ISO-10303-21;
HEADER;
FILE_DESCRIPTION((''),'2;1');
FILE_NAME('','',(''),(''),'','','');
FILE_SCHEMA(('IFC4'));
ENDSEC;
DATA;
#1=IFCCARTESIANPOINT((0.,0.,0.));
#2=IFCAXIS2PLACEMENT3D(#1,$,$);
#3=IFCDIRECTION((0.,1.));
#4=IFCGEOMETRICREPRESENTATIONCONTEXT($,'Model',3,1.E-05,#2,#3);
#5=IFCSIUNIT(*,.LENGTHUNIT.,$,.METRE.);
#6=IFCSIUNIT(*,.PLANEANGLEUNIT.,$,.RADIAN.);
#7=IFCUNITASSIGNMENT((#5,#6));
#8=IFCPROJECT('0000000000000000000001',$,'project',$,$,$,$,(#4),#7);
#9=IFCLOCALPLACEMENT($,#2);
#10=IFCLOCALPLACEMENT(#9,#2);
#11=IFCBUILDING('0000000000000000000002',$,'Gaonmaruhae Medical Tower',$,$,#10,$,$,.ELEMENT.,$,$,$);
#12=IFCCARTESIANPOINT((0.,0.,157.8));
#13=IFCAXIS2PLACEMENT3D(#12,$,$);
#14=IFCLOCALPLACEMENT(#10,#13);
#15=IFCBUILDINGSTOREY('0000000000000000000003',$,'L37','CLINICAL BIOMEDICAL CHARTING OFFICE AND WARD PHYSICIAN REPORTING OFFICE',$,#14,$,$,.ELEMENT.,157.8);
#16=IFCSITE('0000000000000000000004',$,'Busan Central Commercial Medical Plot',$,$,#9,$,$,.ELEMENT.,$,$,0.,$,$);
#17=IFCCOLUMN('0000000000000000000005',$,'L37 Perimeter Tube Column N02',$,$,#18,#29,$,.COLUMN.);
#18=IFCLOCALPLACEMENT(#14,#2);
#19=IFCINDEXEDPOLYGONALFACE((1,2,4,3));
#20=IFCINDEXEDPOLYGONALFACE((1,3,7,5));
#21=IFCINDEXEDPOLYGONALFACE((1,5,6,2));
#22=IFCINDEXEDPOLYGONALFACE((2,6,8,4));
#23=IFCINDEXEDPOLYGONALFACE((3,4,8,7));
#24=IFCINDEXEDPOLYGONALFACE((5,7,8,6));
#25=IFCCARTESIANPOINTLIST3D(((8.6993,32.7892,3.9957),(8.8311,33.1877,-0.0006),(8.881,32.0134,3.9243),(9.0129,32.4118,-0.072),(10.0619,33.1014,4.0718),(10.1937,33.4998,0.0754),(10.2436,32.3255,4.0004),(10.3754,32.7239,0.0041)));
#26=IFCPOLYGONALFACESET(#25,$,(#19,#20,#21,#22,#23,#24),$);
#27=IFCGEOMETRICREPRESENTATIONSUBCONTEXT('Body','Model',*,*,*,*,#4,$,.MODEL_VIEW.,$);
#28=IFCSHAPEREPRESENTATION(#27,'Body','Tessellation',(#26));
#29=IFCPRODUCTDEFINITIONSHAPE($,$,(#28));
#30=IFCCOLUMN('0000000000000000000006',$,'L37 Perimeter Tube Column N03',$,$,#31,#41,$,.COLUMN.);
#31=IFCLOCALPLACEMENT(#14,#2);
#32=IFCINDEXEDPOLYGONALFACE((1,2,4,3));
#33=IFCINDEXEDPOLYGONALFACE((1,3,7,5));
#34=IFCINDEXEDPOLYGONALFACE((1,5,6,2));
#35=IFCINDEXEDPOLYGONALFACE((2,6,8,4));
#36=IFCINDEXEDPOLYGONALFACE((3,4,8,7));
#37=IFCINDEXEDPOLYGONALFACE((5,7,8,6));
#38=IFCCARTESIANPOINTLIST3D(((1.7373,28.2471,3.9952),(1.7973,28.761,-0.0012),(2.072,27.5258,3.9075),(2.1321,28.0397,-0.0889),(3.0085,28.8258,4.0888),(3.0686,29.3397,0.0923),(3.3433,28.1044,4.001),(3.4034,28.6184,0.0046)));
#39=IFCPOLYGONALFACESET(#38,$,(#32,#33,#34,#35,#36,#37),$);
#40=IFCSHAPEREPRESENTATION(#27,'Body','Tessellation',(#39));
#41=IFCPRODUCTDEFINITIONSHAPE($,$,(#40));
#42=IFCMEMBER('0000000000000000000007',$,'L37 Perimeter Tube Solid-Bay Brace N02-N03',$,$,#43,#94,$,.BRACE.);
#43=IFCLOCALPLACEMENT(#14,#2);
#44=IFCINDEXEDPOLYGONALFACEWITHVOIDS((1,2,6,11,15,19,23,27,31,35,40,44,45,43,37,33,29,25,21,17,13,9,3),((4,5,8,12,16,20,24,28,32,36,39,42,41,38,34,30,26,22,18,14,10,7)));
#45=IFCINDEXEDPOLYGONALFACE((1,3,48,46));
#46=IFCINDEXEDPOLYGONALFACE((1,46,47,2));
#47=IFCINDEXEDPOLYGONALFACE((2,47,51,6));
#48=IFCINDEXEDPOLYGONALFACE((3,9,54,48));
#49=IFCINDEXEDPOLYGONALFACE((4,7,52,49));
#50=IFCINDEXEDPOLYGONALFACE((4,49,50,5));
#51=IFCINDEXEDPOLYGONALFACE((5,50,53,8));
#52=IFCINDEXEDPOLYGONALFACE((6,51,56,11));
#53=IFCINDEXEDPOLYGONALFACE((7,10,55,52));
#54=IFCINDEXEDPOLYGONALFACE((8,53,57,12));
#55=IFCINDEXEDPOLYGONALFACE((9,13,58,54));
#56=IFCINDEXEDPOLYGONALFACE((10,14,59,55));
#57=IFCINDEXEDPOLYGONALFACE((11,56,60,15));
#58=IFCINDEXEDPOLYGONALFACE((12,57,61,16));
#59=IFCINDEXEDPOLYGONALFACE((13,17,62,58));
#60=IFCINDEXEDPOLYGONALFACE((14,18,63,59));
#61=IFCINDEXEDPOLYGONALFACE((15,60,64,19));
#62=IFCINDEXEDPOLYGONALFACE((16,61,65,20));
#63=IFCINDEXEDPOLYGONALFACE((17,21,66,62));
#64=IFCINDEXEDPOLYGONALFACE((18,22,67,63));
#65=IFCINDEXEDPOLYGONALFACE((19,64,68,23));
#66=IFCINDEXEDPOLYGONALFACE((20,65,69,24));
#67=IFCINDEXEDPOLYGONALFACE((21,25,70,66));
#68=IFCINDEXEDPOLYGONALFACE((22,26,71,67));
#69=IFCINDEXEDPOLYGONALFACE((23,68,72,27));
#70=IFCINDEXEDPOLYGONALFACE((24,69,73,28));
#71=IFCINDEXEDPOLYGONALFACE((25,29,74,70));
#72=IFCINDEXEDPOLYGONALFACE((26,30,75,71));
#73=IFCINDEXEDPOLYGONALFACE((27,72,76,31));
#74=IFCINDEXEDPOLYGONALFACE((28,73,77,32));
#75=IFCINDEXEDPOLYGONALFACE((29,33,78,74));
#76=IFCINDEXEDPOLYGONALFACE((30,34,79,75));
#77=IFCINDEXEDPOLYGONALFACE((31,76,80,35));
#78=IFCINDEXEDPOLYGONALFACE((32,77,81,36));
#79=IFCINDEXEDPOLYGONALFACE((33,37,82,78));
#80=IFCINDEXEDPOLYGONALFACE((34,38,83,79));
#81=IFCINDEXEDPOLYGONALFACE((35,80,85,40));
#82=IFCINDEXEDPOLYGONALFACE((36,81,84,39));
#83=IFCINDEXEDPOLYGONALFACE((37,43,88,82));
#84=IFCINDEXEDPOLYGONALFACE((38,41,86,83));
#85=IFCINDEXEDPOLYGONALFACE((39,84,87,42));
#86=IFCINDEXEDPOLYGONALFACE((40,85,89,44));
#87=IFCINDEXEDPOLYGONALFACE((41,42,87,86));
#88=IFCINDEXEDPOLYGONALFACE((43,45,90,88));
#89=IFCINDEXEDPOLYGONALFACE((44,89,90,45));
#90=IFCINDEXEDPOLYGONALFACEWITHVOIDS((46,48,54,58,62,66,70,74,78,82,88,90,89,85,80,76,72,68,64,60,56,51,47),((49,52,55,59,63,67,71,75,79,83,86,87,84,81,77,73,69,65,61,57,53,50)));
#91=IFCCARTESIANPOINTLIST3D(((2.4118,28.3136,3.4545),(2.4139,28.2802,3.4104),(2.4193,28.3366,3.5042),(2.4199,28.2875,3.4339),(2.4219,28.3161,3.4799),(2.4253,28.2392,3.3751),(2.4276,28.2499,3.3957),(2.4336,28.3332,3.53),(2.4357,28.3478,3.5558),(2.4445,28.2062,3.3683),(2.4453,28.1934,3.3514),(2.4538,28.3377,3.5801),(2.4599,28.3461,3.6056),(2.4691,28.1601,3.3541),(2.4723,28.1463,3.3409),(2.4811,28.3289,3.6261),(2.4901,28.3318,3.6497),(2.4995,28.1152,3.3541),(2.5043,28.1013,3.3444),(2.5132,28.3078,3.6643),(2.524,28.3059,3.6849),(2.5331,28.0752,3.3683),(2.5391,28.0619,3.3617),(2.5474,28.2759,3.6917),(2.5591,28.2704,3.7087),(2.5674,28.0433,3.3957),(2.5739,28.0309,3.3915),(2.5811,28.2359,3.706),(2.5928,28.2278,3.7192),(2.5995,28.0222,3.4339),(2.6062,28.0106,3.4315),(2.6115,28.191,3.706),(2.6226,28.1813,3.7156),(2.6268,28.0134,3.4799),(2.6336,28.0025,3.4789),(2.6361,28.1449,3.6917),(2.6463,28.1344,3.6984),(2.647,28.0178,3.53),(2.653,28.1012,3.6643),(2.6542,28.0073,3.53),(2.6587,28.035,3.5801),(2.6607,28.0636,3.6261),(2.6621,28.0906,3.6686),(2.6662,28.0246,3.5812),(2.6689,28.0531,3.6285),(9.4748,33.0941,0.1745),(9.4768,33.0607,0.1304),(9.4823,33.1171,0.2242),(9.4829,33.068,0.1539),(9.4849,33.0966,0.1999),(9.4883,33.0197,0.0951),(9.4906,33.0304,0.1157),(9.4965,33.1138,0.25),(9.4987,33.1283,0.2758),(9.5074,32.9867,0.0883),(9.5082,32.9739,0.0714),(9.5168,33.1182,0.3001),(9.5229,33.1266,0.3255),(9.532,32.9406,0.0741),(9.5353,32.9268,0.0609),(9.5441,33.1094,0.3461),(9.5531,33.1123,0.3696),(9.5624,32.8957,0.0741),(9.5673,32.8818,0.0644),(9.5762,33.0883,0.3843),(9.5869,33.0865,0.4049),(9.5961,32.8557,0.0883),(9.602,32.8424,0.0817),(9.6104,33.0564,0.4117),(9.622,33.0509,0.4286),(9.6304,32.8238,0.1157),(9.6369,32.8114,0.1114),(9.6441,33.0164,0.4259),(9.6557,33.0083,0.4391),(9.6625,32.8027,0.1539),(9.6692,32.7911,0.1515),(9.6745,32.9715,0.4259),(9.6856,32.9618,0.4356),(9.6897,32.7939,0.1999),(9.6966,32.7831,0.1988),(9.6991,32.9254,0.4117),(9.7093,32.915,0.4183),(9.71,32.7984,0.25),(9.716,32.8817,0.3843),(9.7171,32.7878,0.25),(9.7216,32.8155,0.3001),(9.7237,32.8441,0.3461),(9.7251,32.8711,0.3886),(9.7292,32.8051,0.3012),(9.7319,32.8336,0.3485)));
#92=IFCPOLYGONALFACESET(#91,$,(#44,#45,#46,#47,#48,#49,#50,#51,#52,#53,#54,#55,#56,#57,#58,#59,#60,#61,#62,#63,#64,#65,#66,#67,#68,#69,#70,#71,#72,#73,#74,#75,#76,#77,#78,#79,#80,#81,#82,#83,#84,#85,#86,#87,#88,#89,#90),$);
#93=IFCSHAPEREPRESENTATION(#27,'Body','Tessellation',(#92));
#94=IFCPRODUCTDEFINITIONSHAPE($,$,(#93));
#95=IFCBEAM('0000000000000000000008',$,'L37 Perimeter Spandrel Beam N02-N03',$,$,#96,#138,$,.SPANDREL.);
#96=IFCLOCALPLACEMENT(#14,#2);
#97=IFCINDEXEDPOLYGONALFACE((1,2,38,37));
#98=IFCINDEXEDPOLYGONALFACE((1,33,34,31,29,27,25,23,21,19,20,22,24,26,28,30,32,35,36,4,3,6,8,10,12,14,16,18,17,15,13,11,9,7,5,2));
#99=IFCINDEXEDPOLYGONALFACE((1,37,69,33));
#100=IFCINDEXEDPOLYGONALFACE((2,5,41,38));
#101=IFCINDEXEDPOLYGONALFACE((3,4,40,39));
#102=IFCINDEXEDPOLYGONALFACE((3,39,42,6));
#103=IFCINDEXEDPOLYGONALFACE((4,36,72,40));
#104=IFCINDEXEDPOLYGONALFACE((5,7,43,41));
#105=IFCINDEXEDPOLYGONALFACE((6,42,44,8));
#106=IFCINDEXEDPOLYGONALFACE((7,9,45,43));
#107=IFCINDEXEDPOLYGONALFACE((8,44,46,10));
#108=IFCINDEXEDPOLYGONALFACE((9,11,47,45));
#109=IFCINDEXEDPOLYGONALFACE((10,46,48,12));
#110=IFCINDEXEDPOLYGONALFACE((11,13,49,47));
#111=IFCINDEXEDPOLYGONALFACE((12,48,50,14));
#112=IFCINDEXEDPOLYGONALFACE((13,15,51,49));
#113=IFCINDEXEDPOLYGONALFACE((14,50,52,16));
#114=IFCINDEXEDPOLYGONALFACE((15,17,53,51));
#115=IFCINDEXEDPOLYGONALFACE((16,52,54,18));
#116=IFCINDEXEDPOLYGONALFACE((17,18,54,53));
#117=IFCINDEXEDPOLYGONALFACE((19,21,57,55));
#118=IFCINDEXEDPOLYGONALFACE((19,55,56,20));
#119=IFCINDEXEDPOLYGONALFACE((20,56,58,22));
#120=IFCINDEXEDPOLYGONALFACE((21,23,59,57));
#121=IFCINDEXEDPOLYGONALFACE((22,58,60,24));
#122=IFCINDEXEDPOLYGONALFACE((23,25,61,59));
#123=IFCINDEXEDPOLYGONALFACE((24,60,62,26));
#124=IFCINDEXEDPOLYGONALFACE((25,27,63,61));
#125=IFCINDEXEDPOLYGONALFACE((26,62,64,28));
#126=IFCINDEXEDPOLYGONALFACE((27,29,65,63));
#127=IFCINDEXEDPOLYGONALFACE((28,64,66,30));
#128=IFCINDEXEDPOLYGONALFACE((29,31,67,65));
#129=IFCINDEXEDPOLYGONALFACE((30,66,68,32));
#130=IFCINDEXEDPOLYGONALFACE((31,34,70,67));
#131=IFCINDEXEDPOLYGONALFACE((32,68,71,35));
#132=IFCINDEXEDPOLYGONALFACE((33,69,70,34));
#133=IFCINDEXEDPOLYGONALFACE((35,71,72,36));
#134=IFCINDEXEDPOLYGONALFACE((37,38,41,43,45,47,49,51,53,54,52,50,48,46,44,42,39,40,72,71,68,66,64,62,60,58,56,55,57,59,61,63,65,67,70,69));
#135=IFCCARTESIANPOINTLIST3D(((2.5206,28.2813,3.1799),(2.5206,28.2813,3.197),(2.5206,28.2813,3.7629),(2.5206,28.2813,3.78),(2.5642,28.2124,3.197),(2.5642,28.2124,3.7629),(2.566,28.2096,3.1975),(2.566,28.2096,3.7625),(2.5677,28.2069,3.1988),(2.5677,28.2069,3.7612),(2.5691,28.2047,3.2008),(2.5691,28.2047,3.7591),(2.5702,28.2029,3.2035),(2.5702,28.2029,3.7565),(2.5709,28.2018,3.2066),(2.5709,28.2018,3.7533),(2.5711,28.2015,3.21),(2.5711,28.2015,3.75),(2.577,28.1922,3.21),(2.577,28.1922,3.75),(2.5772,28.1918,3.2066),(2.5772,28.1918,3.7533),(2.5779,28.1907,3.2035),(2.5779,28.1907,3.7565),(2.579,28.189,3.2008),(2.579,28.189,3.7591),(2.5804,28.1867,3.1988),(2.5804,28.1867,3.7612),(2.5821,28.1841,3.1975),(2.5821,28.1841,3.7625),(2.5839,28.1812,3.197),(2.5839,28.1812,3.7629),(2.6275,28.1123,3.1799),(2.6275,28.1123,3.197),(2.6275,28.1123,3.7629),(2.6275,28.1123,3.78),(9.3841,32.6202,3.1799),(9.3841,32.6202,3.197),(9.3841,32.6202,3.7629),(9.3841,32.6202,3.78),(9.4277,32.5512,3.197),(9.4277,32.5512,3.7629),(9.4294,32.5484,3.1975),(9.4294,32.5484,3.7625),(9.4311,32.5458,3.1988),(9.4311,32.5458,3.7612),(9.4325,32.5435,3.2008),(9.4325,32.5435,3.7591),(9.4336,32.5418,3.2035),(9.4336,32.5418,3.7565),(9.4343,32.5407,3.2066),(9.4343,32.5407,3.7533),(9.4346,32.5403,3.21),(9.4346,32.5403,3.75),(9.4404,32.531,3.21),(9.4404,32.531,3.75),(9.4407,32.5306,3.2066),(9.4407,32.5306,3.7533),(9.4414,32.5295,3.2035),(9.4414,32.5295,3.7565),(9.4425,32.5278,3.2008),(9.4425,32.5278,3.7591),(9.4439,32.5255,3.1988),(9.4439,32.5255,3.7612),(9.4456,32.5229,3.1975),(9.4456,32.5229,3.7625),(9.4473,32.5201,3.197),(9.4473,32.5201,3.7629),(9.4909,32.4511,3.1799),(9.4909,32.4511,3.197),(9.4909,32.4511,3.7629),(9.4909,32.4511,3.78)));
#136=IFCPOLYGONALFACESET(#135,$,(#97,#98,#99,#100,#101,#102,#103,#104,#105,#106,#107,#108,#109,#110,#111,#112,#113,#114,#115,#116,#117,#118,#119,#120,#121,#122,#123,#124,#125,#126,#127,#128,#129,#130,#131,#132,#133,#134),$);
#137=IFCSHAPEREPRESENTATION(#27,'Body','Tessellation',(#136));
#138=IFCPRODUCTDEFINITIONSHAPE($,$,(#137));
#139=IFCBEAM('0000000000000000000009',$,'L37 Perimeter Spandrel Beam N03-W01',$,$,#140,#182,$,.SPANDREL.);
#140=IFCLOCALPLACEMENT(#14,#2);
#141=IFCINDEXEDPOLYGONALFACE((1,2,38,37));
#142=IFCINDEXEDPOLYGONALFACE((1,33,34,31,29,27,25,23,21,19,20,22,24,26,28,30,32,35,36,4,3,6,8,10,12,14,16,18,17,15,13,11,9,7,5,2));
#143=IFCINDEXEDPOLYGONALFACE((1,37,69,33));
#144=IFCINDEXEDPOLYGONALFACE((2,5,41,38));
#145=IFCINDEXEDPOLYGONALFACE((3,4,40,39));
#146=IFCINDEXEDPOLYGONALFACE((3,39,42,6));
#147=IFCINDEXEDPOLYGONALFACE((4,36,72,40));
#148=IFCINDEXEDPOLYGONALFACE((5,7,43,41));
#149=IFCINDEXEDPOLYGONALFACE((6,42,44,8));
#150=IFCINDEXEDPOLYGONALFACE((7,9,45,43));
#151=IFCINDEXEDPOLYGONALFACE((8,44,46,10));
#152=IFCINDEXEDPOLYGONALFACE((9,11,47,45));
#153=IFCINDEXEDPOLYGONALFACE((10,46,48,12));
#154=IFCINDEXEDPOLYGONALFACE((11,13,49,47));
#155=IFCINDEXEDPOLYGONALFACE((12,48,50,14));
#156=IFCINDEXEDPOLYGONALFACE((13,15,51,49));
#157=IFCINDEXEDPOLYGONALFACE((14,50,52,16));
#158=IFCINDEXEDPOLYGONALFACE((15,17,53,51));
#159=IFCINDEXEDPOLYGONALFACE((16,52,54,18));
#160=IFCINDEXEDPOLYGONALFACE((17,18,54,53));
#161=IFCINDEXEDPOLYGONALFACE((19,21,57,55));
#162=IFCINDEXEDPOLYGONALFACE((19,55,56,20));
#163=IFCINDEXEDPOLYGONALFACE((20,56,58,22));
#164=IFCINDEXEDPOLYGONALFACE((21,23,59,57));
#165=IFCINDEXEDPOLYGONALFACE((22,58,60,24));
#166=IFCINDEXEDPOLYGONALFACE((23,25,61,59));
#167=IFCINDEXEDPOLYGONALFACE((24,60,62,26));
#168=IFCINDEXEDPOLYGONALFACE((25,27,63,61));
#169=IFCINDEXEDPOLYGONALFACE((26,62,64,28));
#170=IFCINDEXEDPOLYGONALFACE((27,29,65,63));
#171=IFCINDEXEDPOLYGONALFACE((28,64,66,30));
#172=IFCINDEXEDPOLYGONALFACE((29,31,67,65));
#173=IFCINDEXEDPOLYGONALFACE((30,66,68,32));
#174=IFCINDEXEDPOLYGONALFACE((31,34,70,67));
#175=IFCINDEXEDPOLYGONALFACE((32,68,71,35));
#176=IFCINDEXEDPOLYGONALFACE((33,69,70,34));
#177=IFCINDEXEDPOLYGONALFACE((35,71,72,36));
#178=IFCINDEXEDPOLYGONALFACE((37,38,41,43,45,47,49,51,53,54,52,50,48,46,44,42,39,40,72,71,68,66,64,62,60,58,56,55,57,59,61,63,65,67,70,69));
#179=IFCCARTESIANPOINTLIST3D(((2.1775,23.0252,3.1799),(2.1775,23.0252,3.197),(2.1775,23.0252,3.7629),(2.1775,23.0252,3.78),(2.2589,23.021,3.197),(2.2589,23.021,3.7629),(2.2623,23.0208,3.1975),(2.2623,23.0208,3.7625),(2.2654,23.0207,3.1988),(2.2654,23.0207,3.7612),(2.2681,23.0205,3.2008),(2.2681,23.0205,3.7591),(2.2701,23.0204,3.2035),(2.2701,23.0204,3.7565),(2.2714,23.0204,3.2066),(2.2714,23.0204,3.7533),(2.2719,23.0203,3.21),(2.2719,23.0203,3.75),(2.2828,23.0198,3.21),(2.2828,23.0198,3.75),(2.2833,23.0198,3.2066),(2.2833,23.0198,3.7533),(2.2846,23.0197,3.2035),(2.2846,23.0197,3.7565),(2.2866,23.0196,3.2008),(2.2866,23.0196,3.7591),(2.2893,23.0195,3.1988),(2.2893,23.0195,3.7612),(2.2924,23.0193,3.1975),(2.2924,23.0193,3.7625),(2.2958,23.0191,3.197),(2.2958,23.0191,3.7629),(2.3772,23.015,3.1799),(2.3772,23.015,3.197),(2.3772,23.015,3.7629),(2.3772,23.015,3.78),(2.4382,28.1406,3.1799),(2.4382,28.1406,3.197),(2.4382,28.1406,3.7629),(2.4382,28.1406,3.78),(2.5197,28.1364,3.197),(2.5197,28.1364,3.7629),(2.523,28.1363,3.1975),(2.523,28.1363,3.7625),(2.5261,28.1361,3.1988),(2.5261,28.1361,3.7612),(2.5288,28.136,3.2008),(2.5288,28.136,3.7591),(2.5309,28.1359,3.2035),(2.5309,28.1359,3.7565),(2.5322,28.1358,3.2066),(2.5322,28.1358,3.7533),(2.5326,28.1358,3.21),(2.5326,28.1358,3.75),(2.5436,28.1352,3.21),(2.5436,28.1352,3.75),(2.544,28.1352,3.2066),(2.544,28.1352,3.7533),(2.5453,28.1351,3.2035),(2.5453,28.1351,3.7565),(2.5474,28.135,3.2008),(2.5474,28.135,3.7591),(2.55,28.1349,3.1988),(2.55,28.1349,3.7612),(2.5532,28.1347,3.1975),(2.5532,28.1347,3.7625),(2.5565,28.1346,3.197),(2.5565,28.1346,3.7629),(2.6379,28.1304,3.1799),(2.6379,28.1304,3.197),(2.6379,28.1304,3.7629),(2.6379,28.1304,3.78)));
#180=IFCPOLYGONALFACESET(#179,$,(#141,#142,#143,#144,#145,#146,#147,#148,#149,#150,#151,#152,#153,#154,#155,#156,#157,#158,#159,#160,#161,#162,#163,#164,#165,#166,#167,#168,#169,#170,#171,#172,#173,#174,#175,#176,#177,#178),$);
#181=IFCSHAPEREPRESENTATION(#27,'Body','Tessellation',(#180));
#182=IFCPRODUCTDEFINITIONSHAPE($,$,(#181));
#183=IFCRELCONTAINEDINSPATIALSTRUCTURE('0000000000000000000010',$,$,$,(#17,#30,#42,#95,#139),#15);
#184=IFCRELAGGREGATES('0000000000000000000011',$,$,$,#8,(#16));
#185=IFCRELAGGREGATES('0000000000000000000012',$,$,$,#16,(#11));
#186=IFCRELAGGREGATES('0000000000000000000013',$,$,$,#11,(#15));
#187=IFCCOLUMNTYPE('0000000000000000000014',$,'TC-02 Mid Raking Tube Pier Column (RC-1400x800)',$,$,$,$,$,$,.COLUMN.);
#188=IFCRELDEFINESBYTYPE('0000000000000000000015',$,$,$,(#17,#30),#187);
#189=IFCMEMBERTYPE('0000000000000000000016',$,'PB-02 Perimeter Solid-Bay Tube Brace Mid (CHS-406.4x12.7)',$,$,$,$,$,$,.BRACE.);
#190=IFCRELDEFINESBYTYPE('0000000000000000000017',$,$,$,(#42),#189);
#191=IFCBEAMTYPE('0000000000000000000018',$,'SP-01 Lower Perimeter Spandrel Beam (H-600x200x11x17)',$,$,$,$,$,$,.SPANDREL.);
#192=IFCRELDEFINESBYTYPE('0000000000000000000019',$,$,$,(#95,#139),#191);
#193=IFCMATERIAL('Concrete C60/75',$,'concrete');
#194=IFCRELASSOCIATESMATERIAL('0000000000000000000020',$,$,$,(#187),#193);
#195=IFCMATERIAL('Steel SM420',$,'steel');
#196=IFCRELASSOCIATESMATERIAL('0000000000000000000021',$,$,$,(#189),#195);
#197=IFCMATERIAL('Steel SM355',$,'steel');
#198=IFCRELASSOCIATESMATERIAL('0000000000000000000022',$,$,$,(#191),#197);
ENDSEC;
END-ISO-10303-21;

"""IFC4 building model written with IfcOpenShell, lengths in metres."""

from ifc_helpers import new_model, si_unit, direction, frame, origin, origin_2d, place, context, subcontext, project, spatial, rectangle, hollow_circle, i_section, extrude, material, material_profile, profile_set, type_object, element, save


model = new_model("IFC4")

# Units and contexts
model_context = context("Model", 3, precision=1e-05, world=origin(), true_north=direction((0.0, 1.0)))
body_context = subcontext(model_context, "Body", "Model", "MODEL_VIEW")
ifc_project = project(units=[si_unit("LENGTHUNIT", "METRE"), si_unit("PLANEANGLEUNIT", "RADIAN")], contexts=[model_context])

# Site, building, storey
site_placement = place(None, origin())
site = spatial("IfcSite", under=ifc_project, at=site_placement, Name="Busan Central Commercial Medical Plot", CompositionType="ELEMENT", RefElevation=0.0)
building_placement = place(site_placement, origin())
building = spatial("IfcBuilding", under=site, at=building_placement, Name="Gaonmaruhae Medical Tower", CompositionType="ELEMENT")
storey_placement = place(building_placement, frame((0.0, 0.0, 157.8)))
storey = spatial("IfcBuildingStorey", under=building, at=storey_placement, Name="L37", Description="CLINICAL BIOMEDICAL CHARTING OFFICE AND WARD PHYSICIAN REPORTING OFFICE", CompositionType="ELEMENT", Elevation=157.8)

# Columns
ifc_material_1 = material(Name="Concrete C60/75", Category="concrete")
ifc_material_profile_1 = material_profile(ifc_material_1, rectangle(XDim=1.3999, YDim=0.8, at=origin_2d()), Name="RC-1400x800")
ifc_profile_set_1 = profile_set([ifc_material_profile_1], Name="Concrete C60/75")
column_type = type_object("IfcColumnType", Name="TC-02 Mid Raking Tube Pier Column (RC-1400x800)", PredefinedType="COLUMN", material=ifc_profile_set_1)
column_1_placement = place(storey_placement, frame((9.6033, 32.9558, 0.0017), z_axis=(-0.032809, -0.099155, 0.994531), x_axis=(0.973313, 0.222956, 0.054338)))
element("IfcColumn", 1, at=column_1_placement, inside=storey, type_object=column_type, Name="L37 Perimeter Tube Column N02", PredefinedType="COLUMN", context=body_context, shape_type="SweptSolid", body=[
    extrude(rectangle(XDim=1.3999, YDim=0.8, at=origin_2d()), origin(), (0.0, 0.0, 1.0), 4.0183),
])
column_2_placement = place(storey_placement, frame((2.6003, 28.6897, 0.0017), z_axis=(-0.014904, -0.127532, 0.991722), x_axis=(0.908122, 0.413342, 0.066802)))
element("IfcColumn", 2, at=column_2_placement, inside=storey, type_object=column_type, Name="L37 Perimeter Tube Column N03", PredefinedType="COLUMN", context=body_context, shape_type="SweptSolid", body=[
    extrude(rectangle(XDim=1.3999, YDim=0.8, at=origin_2d()), origin(), (0.0, 0.0, 1.0), 4.0298),
])

# Member
ifc_material_2 = material(Name="Steel SM420", Category="steel")
ifc_material_profile_2 = material_profile(ifc_material_2, hollow_circle(Radius=0.2031, WallThickness=0.0127, at=origin_2d()), Name="CHS-406.4x12.7")
ifc_profile_set_2 = profile_set([ifc_material_profile_2], Name="Steel SM420")
member_type = type_object("IfcMemberType", Name="PB-02 Perimeter Solid-Bay Tube Brace Mid (CHS-406.4x12.7)", PredefinedType="BRACE", material=ifc_profile_set_2)
member_placement = place(storey_placement, frame((9.6033, 32.9561, 0.25), z_axis=(-0.772949, -0.523164, 0.358955), x_axis=(0.56052, -0.828141, 0.0)))
element("IfcMember", 3, at=member_placement, inside=storey, type_object=member_type, Name="L37 Perimeter Tube Solid-Bay Brace N02-N03", PredefinedType="BRACE", context=body_context, shape_type="SweptSolid", body=[
    extrude(hollow_circle(Radius=0.2031, WallThickness=0.0127, at=origin_2d()), origin(), (0.0, 0.0, 1.0), 9.1377),
])

# Beams
ifc_material_3 = material(Name="Steel SM355", Category="steel")
ifc_material_profile_3 = material_profile(ifc_material_3, i_section(OverallWidth=0.2, OverallDepth=0.6001, WebThickness=0.011, FlangeThickness=0.0171, FilletRadius=0.0129, at=origin_2d()), Name="H-600x200x11x17")
ifc_profile_set_3 = profile_set([ifc_material_profile_3], Name="Steel SM355")
beam_type = type_object("IfcBeamType", Name="SP-01 Lower Perimeter Spandrel Beam (H-600x200x11x17)", PredefinedType="SPANDREL", material=ifc_profile_set_3)
beam_1_placement = place(storey_placement, frame((9.4375, 32.5356, 3.48), z_axis=(-0.845266, -0.534346, 0.0), x_axis=(0.534346, -0.845266, 0.0)))
element("IfcBeam", 4, at=beam_1_placement, inside=storey, type_object=beam_type, Name="L37 Perimeter Spandrel Beam N02-N03", PredefinedType="SPANDREL", context=body_context, shape_type="SweptSolid", body=[
    extrude(i_section(OverallWidth=0.2, OverallDepth=0.6001, WebThickness=0.011, FlangeThickness=0.0171, FilletRadius=0.0129, at=origin_2d()), origin(), (0.0, 0.0, 1.0), 8.1199),
])
beam_2_placement = place(storey_placement, frame((2.5381, 28.1355, 3.48), z_axis=(-0.050905, -0.998703, 0.0), x_axis=(0.998703, -0.050905, 0.0)))
element("IfcBeam", 5, at=beam_2_placement, inside=storey, type_object=beam_type, Name="L37 Perimeter Spandrel Beam N03-W01", PredefinedType="SPANDREL", context=body_context, shape_type="SweptSolid", body=[
    extrude(i_section(OverallWidth=0.2, OverallDepth=0.6001, WebThickness=0.011, FlangeThickness=0.0171, FilletRadius=0.0129, at=origin_2d()), origin(), (0.0, 0.0, 1.0), 5.1221),
])

save(model, "model.ifc")
